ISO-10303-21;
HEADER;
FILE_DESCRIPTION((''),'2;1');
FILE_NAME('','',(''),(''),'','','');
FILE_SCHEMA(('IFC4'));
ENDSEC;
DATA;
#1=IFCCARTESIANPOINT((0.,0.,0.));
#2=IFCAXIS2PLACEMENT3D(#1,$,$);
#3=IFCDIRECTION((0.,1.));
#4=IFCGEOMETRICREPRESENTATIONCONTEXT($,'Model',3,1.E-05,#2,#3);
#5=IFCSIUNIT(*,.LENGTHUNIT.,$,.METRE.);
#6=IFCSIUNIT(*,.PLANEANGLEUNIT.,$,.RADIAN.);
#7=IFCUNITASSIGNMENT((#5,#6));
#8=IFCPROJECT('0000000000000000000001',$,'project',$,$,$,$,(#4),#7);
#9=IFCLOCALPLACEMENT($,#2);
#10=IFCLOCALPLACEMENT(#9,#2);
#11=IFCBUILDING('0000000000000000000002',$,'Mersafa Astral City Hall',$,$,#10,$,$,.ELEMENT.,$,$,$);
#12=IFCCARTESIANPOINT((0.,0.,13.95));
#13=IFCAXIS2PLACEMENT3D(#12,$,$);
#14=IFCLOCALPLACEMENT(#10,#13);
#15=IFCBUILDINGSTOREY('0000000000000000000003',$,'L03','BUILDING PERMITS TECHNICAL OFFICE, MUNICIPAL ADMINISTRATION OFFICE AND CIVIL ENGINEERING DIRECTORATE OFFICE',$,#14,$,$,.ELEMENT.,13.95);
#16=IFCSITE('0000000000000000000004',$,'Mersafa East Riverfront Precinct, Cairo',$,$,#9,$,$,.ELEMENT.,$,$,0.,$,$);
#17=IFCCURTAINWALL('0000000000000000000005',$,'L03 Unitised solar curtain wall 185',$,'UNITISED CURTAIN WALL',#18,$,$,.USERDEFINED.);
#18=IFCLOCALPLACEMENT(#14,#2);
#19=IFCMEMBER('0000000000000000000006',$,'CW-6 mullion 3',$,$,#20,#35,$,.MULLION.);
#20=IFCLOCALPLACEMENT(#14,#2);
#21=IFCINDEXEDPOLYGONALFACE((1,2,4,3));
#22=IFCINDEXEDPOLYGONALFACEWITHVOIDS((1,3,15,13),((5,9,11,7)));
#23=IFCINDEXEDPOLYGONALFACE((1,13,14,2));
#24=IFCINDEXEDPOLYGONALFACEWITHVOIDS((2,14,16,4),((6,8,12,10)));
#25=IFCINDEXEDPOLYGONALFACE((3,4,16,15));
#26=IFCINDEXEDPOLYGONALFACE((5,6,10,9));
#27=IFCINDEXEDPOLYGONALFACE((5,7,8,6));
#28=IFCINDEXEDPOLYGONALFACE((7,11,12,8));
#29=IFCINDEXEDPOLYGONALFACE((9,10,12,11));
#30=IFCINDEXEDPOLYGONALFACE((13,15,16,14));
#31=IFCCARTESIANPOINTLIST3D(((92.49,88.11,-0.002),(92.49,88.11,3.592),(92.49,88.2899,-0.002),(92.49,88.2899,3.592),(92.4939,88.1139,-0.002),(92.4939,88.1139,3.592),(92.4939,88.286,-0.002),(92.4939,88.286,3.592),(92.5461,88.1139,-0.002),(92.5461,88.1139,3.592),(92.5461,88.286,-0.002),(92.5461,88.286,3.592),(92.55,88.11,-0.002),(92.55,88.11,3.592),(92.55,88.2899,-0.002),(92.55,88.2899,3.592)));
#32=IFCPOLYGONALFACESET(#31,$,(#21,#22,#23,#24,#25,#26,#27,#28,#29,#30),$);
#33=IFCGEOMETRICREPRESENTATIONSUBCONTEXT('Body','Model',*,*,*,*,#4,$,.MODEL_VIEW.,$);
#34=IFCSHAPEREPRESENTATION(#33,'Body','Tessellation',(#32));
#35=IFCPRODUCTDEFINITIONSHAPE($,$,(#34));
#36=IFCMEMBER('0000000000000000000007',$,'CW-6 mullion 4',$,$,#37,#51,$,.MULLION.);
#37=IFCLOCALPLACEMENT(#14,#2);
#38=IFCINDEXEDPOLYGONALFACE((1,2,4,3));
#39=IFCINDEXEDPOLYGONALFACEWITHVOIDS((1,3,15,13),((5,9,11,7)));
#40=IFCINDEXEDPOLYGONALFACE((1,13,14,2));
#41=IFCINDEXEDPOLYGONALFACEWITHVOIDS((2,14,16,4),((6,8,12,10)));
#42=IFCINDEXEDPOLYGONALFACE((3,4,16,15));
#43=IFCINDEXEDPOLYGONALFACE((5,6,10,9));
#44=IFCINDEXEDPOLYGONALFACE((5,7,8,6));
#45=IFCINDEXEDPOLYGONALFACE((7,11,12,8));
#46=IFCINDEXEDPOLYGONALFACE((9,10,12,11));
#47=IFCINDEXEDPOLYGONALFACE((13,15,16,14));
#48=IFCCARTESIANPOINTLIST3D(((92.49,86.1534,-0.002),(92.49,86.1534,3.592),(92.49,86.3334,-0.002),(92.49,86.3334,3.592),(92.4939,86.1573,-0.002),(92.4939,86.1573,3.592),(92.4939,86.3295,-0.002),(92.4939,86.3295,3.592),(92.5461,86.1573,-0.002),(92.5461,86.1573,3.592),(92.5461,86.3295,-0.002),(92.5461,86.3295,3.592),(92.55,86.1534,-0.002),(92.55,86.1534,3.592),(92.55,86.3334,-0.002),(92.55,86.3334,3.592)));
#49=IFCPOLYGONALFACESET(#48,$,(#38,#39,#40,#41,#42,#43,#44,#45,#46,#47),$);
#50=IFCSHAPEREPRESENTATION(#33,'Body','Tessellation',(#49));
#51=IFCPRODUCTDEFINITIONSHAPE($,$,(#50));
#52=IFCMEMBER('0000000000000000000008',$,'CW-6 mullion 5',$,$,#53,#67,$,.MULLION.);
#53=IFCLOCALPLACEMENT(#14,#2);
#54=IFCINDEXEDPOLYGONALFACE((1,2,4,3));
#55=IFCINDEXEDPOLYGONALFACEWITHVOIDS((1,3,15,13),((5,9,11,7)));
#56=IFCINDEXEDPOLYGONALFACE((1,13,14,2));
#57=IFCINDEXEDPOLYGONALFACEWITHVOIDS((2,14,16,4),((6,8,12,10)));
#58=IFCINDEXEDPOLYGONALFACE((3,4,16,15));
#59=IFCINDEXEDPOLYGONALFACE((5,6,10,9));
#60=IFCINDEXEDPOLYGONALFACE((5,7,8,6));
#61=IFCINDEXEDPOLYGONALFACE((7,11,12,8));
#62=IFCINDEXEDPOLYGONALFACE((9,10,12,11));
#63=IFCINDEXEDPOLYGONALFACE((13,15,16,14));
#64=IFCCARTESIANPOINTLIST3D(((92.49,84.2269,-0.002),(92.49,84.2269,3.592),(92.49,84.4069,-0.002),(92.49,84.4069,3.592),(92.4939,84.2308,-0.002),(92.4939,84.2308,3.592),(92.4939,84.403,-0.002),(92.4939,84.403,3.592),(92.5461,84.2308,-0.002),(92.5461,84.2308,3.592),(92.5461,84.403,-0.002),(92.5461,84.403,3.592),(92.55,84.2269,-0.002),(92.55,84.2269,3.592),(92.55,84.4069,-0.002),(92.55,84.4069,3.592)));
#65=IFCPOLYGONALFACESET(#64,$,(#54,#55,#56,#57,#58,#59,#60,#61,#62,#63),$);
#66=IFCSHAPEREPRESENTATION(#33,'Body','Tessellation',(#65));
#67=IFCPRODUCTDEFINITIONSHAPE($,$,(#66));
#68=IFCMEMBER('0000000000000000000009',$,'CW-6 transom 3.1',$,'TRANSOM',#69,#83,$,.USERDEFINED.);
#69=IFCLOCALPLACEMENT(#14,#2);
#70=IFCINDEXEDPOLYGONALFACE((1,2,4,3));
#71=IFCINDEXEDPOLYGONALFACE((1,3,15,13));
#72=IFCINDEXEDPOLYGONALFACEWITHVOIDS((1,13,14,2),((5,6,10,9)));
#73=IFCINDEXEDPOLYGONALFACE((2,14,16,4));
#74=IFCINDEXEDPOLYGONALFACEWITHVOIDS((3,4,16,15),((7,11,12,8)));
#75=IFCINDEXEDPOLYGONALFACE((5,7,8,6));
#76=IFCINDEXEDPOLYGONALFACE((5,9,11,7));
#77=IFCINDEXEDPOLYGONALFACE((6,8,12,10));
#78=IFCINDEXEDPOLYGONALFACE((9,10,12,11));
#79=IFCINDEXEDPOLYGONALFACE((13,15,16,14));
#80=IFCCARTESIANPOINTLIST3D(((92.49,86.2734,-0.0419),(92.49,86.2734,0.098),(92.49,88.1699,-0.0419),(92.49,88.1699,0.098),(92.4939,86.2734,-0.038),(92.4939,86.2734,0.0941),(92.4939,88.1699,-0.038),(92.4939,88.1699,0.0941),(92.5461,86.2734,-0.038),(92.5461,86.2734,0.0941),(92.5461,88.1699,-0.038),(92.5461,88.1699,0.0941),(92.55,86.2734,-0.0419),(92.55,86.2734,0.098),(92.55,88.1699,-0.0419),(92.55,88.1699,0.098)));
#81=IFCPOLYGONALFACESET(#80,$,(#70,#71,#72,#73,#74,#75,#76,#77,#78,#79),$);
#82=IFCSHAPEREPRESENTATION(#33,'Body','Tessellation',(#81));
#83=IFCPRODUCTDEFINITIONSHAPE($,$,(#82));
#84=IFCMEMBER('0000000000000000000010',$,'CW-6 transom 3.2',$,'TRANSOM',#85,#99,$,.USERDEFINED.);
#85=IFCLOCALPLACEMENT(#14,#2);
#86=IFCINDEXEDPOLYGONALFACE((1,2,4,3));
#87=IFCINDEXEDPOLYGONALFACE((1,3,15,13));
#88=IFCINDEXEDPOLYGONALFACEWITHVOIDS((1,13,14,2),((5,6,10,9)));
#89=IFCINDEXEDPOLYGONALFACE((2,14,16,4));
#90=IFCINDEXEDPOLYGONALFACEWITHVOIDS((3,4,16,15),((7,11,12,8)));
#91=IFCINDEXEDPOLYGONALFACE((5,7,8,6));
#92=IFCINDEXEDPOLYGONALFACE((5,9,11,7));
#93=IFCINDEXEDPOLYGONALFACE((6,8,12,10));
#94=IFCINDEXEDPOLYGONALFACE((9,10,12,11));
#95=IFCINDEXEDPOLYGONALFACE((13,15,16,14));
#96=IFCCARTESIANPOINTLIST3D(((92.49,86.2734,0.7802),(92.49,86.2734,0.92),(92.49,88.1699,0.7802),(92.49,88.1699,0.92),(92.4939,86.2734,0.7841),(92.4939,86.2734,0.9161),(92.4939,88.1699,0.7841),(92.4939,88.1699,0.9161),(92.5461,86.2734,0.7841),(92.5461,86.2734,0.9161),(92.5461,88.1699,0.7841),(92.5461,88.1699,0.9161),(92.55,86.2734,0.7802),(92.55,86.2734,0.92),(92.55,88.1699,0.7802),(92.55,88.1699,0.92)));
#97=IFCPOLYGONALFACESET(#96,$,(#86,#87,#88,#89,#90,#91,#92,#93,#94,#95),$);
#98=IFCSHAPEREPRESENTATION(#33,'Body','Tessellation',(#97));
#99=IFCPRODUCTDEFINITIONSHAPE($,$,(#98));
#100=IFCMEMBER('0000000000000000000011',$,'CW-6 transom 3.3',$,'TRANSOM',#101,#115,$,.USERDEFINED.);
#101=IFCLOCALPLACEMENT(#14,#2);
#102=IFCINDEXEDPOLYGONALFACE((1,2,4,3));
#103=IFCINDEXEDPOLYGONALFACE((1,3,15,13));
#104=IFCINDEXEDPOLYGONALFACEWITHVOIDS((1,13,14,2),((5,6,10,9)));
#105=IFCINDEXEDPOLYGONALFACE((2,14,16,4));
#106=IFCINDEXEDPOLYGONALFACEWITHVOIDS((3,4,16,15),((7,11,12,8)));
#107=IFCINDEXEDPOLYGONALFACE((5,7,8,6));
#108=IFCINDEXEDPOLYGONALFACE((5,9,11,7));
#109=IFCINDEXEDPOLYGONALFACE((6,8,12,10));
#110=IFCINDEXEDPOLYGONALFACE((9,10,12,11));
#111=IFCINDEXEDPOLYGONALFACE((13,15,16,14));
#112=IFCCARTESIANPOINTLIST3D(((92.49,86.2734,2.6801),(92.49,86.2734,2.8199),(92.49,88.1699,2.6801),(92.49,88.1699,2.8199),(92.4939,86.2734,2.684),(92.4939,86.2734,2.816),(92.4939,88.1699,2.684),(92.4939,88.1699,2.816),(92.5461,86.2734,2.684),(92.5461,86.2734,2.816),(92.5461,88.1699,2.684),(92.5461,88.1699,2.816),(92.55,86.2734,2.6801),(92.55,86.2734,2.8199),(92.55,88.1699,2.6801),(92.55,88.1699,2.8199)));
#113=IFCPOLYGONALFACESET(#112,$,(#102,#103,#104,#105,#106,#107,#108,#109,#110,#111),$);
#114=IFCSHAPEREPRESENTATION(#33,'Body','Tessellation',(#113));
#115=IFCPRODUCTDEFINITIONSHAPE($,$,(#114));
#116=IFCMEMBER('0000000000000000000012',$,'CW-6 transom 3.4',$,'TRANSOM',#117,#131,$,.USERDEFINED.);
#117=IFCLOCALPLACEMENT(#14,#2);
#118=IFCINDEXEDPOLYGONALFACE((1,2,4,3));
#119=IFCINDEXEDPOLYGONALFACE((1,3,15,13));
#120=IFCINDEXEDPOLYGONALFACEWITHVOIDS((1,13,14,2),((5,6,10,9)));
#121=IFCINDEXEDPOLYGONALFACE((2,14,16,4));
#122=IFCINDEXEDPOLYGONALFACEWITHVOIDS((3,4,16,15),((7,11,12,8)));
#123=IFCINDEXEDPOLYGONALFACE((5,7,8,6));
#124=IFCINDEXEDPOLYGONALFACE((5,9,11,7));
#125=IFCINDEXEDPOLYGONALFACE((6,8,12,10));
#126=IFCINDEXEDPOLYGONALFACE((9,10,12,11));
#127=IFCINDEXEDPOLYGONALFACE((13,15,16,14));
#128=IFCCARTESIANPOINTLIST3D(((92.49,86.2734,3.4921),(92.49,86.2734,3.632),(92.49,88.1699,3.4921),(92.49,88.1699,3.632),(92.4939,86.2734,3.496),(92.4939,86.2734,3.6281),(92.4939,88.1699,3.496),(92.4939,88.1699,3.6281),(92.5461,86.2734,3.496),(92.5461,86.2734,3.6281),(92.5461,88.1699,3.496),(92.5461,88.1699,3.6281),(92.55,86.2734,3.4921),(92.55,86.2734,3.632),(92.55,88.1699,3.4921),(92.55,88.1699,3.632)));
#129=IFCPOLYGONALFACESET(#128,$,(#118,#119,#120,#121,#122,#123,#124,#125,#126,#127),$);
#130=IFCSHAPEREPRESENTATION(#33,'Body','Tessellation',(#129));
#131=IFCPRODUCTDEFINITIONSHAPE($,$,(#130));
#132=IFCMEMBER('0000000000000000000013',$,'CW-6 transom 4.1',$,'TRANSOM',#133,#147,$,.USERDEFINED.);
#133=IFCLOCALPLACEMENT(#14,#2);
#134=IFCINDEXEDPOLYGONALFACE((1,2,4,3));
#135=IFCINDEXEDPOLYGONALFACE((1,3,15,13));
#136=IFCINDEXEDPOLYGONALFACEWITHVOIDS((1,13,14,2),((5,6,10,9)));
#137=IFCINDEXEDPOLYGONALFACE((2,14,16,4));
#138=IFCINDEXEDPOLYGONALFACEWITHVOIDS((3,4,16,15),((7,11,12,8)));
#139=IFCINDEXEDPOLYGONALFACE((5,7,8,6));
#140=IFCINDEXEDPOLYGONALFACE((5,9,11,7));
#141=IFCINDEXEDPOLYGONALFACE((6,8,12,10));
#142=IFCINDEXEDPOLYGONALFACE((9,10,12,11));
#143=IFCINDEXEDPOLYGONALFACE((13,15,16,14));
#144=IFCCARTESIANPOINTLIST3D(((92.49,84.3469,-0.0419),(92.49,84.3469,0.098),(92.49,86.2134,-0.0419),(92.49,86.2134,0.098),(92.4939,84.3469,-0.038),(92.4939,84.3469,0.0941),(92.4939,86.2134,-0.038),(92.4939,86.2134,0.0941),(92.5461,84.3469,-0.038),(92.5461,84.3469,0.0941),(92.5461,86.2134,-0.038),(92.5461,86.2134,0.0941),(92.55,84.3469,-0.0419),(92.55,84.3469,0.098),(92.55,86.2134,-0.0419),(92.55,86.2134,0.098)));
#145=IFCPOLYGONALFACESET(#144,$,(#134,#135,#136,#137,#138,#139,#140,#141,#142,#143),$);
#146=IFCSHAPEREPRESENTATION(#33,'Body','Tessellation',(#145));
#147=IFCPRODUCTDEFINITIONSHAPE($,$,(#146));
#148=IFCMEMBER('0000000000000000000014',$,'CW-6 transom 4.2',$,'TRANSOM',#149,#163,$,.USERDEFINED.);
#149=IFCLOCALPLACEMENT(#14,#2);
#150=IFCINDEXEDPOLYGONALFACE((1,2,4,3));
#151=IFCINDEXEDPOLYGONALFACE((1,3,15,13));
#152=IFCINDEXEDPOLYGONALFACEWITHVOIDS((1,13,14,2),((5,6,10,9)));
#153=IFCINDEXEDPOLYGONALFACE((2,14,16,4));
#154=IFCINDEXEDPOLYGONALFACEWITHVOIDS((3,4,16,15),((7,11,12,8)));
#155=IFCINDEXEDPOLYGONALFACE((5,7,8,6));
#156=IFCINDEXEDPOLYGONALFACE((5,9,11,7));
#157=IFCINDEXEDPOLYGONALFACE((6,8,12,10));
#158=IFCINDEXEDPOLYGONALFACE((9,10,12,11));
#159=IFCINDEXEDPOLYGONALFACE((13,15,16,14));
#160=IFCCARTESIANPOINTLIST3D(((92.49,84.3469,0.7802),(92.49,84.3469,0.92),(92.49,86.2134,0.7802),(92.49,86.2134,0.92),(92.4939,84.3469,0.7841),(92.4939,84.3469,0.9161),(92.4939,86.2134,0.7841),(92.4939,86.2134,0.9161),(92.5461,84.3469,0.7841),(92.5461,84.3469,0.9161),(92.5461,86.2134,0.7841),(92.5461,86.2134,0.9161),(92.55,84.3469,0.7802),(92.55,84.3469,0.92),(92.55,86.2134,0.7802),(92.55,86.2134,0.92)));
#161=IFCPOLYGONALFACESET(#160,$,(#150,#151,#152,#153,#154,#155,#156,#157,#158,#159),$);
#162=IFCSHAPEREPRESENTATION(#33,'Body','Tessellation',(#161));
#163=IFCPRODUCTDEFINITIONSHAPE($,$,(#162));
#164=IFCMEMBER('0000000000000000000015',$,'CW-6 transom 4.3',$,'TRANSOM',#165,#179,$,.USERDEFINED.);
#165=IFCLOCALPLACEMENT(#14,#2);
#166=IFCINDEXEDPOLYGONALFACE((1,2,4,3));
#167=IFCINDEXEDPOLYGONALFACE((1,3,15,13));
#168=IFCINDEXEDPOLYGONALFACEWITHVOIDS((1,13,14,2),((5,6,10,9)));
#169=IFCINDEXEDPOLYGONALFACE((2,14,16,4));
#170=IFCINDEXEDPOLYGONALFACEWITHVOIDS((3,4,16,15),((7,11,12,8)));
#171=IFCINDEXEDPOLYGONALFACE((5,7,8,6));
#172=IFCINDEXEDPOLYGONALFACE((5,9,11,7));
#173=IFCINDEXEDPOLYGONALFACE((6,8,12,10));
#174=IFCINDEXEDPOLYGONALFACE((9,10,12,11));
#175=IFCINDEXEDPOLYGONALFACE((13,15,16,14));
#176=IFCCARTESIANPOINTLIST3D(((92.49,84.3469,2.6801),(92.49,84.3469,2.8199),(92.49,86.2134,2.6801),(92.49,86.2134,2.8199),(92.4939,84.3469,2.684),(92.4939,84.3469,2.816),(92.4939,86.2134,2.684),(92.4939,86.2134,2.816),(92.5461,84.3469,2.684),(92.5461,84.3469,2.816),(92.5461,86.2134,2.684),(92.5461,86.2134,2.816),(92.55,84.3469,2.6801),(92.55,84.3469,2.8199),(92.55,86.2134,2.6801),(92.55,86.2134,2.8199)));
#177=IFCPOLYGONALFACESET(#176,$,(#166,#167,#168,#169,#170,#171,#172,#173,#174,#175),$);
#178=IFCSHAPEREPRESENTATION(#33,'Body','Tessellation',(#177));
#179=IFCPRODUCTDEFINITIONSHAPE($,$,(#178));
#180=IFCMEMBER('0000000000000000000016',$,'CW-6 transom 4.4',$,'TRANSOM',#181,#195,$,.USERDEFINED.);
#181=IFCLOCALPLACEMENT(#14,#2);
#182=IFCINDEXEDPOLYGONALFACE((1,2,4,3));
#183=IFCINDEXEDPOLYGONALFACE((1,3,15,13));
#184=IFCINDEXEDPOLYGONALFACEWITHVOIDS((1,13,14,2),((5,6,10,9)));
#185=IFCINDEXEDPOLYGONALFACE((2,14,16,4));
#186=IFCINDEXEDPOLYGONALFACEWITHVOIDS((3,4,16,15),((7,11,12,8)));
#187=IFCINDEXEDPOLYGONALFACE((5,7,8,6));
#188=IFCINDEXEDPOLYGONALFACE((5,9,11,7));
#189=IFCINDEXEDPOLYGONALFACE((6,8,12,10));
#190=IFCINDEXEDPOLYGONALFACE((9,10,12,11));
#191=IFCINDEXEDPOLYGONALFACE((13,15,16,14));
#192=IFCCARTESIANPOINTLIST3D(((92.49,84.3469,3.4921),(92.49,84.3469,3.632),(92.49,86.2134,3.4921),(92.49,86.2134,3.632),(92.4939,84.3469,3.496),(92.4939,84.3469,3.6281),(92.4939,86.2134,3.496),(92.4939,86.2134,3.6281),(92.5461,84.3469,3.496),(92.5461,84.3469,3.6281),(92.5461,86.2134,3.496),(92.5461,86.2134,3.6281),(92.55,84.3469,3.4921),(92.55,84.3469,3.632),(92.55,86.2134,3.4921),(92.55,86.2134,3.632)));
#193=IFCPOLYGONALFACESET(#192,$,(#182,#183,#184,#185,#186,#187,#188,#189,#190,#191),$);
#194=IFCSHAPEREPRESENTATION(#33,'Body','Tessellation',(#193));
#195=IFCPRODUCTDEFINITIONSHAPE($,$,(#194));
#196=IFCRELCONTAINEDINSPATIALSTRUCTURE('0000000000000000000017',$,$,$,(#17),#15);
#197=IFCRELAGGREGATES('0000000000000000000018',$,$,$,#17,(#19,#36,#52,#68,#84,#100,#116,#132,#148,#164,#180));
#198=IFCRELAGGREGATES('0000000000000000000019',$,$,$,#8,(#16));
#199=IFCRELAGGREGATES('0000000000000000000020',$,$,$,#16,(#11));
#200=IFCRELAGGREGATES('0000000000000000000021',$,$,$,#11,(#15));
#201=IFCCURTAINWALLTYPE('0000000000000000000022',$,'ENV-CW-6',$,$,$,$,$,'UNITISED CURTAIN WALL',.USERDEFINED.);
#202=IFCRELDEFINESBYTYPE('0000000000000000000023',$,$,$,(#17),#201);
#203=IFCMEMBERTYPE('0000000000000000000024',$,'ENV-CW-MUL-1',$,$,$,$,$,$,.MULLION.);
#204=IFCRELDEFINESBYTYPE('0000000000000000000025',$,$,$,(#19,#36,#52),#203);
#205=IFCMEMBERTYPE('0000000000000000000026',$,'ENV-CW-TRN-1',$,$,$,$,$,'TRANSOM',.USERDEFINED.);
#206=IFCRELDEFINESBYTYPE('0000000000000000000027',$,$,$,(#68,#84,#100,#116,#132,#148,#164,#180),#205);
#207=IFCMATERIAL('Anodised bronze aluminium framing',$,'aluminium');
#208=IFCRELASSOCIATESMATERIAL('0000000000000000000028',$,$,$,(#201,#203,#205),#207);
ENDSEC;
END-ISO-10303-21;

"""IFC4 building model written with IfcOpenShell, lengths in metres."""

from ifc_helpers import new_model, si_unit, direction, frame, origin, origin_2d, place, context, subcontext, project, spatial, hollow_rectangle, extrude, material, material_profile, profile_set, type_object, element, aggregate, save


model = new_model("IFC4")

# Units and contexts
model_context = context("Model", 3, precision=1e-05, world=origin(), true_north=direction((0.0, 1.0)))
body_context = subcontext(model_context, "Body", "Model", "MODEL_VIEW")
ifc_project = project(units=[si_unit("LENGTHUNIT", "METRE"), si_unit("PLANEANGLEUNIT", "RADIAN")], contexts=[model_context])

# Site, building, storey
site_placement = place(None, origin())
site = spatial("IfcSite", under=ifc_project, at=site_placement, Name="Mersafa East Riverfront Precinct, Cairo", CompositionType="ELEMENT", RefElevation=0.0)
building_placement = place(site_placement, origin())
building = spatial("IfcBuilding", under=site, at=building_placement, Name="Mersafa Astral City Hall", CompositionType="ELEMENT")
storey_placement = place(building_placement, frame((0.0, 0.0, 13.95)))
storey = spatial("IfcBuildingStorey", under=building, at=storey_placement, Name="L03", Description="BUILDING PERMITS TECHNICAL OFFICE, MUNICIPAL ADMINISTRATION OFFICE AND CIVIL ENGINEERING DIRECTORATE OFFICE", CompositionType="ELEMENT", Elevation=13.95)

# Curtain wall, members
ifc_material_1 = material(Name="Anodised bronze aluminium framing", Category="aluminium")
curtain_wall_type = type_object("IfcCurtainWallType", Name="ENV-CW-6", ElementType="UNITISED CURTAIN WALL", PredefinedType="USERDEFINED", material=ifc_material_1)
curtain_wall_placement = place(storey_placement, origin())
curtain_wall = element("IfcCurtainWall", 1, at=curtain_wall_placement, inside=storey, type_object=curtain_wall_type, Name="L03 Unitised solar curtain wall 185", ObjectType="UNITISED CURTAIN WALL", PredefinedType="USERDEFINED")
ifc_material_profile_1 = material_profile(ifc_material_1, hollow_rectangle(XDim=0.0601, YDim=0.1799, WallThickness=0.0039, at=origin_2d()), Name="RHS 60x180x4")
ifc_profile_set_1 = profile_set([ifc_material_profile_1], Name="Anodised bronze aluminium framing")
member_type_1 = type_object("IfcMemberType", Name="ENV-CW-MUL-1", PredefinedType="MULLION", material=ifc_profile_set_1)
member_1_placement = place(storey_placement, frame((92.52, 88.2, -0.002), z_axis=(0.0, 0.0, 1.0), x_axis=(1.0, 0.0, 0.0)))
member_1 = element("IfcMember", 2, at=member_1_placement, type_object=member_type_1, Name="CW-6 mullion 3", PredefinedType="MULLION", context=body_context, shape_type="SweptSolid", body=[
    extrude(hollow_rectangle(XDim=0.0601, YDim=0.1799, WallThickness=0.0039, at=origin_2d()), origin(), (0.0, 0.0, 1.0), 3.594),
])
member_2_placement = place(storey_placement, frame((92.52, 86.2434, -0.002), z_axis=(0.0, 0.0, 1.0), x_axis=(1.0, 0.0, 0.0)))
member_2 = element("IfcMember", 3, at=member_2_placement, type_object=member_type_1, Name="CW-6 mullion 4", PredefinedType="MULLION", context=body_context, shape_type="SweptSolid", body=[
    extrude(hollow_rectangle(XDim=0.0601, YDim=0.1799, WallThickness=0.0039, at=origin_2d()), origin(), (0.0, 0.0, 1.0), 3.594),
])
member_3_placement = place(storey_placement, frame((92.52, 84.3169, -0.002), z_axis=(0.0, 0.0, 1.0), x_axis=(1.0, 0.0, 0.0)))
member_3 = element("IfcMember", 4, at=member_3_placement, type_object=member_type_1, Name="CW-6 mullion 5", PredefinedType="MULLION", context=body_context, shape_type="SweptSolid", body=[
    extrude(hollow_rectangle(XDim=0.0601, YDim=0.1799, WallThickness=0.0039, at=origin_2d()), origin(), (0.0, 0.0, 1.0), 3.594),
])
ifc_material_profile_2 = material_profile(ifc_material_1, hollow_rectangle(XDim=0.0601, YDim=0.1399, WallThickness=0.0039, at=origin_2d()), Name="RHS 60x140x4")
ifc_profile_set_2 = profile_set([ifc_material_profile_2], Name="Anodised bronze aluminium framing")
member_type_2 = type_object("IfcMemberType", Name="ENV-CW-TRN-1", ElementType="TRANSOM", PredefinedType="USERDEFINED", material=ifc_profile_set_2)
member_4_placement = place(storey_placement, frame((92.52, 88.1699, 0.0281), z_axis=(0.0, -1.0, 0.0), x_axis=(1.0, 0.0, 0.0)))
member_4 = element("IfcMember", 5, at=member_4_placement, type_object=member_type_2, Name="CW-6 transom 3.1", ObjectType="TRANSOM", PredefinedType="USERDEFINED", context=body_context, shape_type="SweptSolid", body=[
    extrude(hollow_rectangle(XDim=0.0601, YDim=0.1399, WallThickness=0.0039, at=origin_2d()), origin(), (0.0, 0.0, 1.0), 1.8965),
])
member_5_placement = place(storey_placement, frame((92.52, 88.1699, 0.8501), z_axis=(0.0, -1.0, 0.0), x_axis=(1.0, 0.0, 0.0)))
member_5 = element("IfcMember", 6, at=member_5_placement, type_object=member_type_2, Name="CW-6 transom 3.2", ObjectType="TRANSOM", PredefinedType="USERDEFINED", context=body_context, shape_type="SweptSolid", body=[
    extrude(hollow_rectangle(XDim=0.0601, YDim=0.1399, WallThickness=0.0039, at=origin_2d()), origin(), (0.0, 0.0, 1.0), 1.8965),
])
member_6_placement = place(storey_placement, frame((92.52, 88.1699, 2.75), z_axis=(0.0, -1.0, 0.0), x_axis=(1.0, 0.0, 0.0)))
member_6 = element("IfcMember", 7, at=member_6_placement, type_object=member_type_2, Name="CW-6 transom 3.3", ObjectType="TRANSOM", PredefinedType="USERDEFINED", context=body_context, shape_type="SweptSolid", body=[
    extrude(hollow_rectangle(XDim=0.0601, YDim=0.1399, WallThickness=0.0039, at=origin_2d()), origin(), (0.0, 0.0, 1.0), 1.8965),
])
member_7_placement = place(storey_placement, frame((92.52, 88.1699, 3.562), z_axis=(0.0, -1.0, 0.0), x_axis=(1.0, 0.0, 0.0)))
member_7 = element("IfcMember", 8, at=member_7_placement, type_object=member_type_2, Name="CW-6 transom 3.4", ObjectType="TRANSOM", PredefinedType="USERDEFINED", context=body_context, shape_type="SweptSolid", body=[
    extrude(hollow_rectangle(XDim=0.0601, YDim=0.1399, WallThickness=0.0039, at=origin_2d()), origin(), (0.0, 0.0, 1.0), 1.8965),
])
member_8_placement = place(storey_placement, frame((92.52, 86.2134, 0.0281), z_axis=(0.0, -1.0, 0.0), x_axis=(1.0, 0.0, 0.0)))
member_8 = element("IfcMember", 9, at=member_8_placement, type_object=member_type_2, Name="CW-6 transom 4.1", ObjectType="TRANSOM", PredefinedType="USERDEFINED", context=body_context, shape_type="SweptSolid", body=[
    extrude(hollow_rectangle(XDim=0.0601, YDim=0.1399, WallThickness=0.0039, at=origin_2d()), origin(), (0.0, 0.0, 1.0), 1.8665),
])
member_9_placement = place(storey_placement, frame((92.52, 86.2134, 0.8501), z_axis=(0.0, -1.0, 0.0), x_axis=(1.0, 0.0, 0.0)))
member_9 = element("IfcMember", 10, at=member_9_placement, type_object=member_type_2, Name="CW-6 transom 4.2", ObjectType="TRANSOM", PredefinedType="USERDEFINED", context=body_context, shape_type="SweptSolid", body=[
    extrude(hollow_rectangle(XDim=0.0601, YDim=0.1399, WallThickness=0.0039, at=origin_2d()), origin(), (0.0, 0.0, 1.0), 1.8665),
])
member_10_placement = place(storey_placement, frame((92.52, 86.2134, 2.75), z_axis=(0.0, -1.0, 0.0), x_axis=(1.0, 0.0, 0.0)))
member_10 = element("IfcMember", 11, at=member_10_placement, type_object=member_type_2, Name="CW-6 transom 4.3", ObjectType="TRANSOM", PredefinedType="USERDEFINED", context=body_context, shape_type="SweptSolid", body=[
    extrude(hollow_rectangle(XDim=0.0601, YDim=0.1399, WallThickness=0.0039, at=origin_2d()), origin(), (0.0, 0.0, 1.0), 1.8665),
])
member_11_placement = place(storey_placement, frame((92.52, 86.2134, 3.562), z_axis=(0.0, -1.0, 0.0), x_axis=(1.0, 0.0, 0.0)))
member_11 = element("IfcMember", 12, at=member_11_placement, type_object=member_type_2, Name="CW-6 transom 4.4", ObjectType="TRANSOM", PredefinedType="USERDEFINED", context=body_context, shape_type="SweptSolid", body=[
    extrude(hollow_rectangle(XDim=0.0601, YDim=0.1399, WallThickness=0.0039, at=origin_2d()), origin(), (0.0, 0.0, 1.0), 1.8665),
])

aggregate(curtain_wall, [member_1, member_2, member_3, member_4, member_5, member_6, member_7, member_8, member_9, member_10, member_11])

save(model, "model.ifc")
